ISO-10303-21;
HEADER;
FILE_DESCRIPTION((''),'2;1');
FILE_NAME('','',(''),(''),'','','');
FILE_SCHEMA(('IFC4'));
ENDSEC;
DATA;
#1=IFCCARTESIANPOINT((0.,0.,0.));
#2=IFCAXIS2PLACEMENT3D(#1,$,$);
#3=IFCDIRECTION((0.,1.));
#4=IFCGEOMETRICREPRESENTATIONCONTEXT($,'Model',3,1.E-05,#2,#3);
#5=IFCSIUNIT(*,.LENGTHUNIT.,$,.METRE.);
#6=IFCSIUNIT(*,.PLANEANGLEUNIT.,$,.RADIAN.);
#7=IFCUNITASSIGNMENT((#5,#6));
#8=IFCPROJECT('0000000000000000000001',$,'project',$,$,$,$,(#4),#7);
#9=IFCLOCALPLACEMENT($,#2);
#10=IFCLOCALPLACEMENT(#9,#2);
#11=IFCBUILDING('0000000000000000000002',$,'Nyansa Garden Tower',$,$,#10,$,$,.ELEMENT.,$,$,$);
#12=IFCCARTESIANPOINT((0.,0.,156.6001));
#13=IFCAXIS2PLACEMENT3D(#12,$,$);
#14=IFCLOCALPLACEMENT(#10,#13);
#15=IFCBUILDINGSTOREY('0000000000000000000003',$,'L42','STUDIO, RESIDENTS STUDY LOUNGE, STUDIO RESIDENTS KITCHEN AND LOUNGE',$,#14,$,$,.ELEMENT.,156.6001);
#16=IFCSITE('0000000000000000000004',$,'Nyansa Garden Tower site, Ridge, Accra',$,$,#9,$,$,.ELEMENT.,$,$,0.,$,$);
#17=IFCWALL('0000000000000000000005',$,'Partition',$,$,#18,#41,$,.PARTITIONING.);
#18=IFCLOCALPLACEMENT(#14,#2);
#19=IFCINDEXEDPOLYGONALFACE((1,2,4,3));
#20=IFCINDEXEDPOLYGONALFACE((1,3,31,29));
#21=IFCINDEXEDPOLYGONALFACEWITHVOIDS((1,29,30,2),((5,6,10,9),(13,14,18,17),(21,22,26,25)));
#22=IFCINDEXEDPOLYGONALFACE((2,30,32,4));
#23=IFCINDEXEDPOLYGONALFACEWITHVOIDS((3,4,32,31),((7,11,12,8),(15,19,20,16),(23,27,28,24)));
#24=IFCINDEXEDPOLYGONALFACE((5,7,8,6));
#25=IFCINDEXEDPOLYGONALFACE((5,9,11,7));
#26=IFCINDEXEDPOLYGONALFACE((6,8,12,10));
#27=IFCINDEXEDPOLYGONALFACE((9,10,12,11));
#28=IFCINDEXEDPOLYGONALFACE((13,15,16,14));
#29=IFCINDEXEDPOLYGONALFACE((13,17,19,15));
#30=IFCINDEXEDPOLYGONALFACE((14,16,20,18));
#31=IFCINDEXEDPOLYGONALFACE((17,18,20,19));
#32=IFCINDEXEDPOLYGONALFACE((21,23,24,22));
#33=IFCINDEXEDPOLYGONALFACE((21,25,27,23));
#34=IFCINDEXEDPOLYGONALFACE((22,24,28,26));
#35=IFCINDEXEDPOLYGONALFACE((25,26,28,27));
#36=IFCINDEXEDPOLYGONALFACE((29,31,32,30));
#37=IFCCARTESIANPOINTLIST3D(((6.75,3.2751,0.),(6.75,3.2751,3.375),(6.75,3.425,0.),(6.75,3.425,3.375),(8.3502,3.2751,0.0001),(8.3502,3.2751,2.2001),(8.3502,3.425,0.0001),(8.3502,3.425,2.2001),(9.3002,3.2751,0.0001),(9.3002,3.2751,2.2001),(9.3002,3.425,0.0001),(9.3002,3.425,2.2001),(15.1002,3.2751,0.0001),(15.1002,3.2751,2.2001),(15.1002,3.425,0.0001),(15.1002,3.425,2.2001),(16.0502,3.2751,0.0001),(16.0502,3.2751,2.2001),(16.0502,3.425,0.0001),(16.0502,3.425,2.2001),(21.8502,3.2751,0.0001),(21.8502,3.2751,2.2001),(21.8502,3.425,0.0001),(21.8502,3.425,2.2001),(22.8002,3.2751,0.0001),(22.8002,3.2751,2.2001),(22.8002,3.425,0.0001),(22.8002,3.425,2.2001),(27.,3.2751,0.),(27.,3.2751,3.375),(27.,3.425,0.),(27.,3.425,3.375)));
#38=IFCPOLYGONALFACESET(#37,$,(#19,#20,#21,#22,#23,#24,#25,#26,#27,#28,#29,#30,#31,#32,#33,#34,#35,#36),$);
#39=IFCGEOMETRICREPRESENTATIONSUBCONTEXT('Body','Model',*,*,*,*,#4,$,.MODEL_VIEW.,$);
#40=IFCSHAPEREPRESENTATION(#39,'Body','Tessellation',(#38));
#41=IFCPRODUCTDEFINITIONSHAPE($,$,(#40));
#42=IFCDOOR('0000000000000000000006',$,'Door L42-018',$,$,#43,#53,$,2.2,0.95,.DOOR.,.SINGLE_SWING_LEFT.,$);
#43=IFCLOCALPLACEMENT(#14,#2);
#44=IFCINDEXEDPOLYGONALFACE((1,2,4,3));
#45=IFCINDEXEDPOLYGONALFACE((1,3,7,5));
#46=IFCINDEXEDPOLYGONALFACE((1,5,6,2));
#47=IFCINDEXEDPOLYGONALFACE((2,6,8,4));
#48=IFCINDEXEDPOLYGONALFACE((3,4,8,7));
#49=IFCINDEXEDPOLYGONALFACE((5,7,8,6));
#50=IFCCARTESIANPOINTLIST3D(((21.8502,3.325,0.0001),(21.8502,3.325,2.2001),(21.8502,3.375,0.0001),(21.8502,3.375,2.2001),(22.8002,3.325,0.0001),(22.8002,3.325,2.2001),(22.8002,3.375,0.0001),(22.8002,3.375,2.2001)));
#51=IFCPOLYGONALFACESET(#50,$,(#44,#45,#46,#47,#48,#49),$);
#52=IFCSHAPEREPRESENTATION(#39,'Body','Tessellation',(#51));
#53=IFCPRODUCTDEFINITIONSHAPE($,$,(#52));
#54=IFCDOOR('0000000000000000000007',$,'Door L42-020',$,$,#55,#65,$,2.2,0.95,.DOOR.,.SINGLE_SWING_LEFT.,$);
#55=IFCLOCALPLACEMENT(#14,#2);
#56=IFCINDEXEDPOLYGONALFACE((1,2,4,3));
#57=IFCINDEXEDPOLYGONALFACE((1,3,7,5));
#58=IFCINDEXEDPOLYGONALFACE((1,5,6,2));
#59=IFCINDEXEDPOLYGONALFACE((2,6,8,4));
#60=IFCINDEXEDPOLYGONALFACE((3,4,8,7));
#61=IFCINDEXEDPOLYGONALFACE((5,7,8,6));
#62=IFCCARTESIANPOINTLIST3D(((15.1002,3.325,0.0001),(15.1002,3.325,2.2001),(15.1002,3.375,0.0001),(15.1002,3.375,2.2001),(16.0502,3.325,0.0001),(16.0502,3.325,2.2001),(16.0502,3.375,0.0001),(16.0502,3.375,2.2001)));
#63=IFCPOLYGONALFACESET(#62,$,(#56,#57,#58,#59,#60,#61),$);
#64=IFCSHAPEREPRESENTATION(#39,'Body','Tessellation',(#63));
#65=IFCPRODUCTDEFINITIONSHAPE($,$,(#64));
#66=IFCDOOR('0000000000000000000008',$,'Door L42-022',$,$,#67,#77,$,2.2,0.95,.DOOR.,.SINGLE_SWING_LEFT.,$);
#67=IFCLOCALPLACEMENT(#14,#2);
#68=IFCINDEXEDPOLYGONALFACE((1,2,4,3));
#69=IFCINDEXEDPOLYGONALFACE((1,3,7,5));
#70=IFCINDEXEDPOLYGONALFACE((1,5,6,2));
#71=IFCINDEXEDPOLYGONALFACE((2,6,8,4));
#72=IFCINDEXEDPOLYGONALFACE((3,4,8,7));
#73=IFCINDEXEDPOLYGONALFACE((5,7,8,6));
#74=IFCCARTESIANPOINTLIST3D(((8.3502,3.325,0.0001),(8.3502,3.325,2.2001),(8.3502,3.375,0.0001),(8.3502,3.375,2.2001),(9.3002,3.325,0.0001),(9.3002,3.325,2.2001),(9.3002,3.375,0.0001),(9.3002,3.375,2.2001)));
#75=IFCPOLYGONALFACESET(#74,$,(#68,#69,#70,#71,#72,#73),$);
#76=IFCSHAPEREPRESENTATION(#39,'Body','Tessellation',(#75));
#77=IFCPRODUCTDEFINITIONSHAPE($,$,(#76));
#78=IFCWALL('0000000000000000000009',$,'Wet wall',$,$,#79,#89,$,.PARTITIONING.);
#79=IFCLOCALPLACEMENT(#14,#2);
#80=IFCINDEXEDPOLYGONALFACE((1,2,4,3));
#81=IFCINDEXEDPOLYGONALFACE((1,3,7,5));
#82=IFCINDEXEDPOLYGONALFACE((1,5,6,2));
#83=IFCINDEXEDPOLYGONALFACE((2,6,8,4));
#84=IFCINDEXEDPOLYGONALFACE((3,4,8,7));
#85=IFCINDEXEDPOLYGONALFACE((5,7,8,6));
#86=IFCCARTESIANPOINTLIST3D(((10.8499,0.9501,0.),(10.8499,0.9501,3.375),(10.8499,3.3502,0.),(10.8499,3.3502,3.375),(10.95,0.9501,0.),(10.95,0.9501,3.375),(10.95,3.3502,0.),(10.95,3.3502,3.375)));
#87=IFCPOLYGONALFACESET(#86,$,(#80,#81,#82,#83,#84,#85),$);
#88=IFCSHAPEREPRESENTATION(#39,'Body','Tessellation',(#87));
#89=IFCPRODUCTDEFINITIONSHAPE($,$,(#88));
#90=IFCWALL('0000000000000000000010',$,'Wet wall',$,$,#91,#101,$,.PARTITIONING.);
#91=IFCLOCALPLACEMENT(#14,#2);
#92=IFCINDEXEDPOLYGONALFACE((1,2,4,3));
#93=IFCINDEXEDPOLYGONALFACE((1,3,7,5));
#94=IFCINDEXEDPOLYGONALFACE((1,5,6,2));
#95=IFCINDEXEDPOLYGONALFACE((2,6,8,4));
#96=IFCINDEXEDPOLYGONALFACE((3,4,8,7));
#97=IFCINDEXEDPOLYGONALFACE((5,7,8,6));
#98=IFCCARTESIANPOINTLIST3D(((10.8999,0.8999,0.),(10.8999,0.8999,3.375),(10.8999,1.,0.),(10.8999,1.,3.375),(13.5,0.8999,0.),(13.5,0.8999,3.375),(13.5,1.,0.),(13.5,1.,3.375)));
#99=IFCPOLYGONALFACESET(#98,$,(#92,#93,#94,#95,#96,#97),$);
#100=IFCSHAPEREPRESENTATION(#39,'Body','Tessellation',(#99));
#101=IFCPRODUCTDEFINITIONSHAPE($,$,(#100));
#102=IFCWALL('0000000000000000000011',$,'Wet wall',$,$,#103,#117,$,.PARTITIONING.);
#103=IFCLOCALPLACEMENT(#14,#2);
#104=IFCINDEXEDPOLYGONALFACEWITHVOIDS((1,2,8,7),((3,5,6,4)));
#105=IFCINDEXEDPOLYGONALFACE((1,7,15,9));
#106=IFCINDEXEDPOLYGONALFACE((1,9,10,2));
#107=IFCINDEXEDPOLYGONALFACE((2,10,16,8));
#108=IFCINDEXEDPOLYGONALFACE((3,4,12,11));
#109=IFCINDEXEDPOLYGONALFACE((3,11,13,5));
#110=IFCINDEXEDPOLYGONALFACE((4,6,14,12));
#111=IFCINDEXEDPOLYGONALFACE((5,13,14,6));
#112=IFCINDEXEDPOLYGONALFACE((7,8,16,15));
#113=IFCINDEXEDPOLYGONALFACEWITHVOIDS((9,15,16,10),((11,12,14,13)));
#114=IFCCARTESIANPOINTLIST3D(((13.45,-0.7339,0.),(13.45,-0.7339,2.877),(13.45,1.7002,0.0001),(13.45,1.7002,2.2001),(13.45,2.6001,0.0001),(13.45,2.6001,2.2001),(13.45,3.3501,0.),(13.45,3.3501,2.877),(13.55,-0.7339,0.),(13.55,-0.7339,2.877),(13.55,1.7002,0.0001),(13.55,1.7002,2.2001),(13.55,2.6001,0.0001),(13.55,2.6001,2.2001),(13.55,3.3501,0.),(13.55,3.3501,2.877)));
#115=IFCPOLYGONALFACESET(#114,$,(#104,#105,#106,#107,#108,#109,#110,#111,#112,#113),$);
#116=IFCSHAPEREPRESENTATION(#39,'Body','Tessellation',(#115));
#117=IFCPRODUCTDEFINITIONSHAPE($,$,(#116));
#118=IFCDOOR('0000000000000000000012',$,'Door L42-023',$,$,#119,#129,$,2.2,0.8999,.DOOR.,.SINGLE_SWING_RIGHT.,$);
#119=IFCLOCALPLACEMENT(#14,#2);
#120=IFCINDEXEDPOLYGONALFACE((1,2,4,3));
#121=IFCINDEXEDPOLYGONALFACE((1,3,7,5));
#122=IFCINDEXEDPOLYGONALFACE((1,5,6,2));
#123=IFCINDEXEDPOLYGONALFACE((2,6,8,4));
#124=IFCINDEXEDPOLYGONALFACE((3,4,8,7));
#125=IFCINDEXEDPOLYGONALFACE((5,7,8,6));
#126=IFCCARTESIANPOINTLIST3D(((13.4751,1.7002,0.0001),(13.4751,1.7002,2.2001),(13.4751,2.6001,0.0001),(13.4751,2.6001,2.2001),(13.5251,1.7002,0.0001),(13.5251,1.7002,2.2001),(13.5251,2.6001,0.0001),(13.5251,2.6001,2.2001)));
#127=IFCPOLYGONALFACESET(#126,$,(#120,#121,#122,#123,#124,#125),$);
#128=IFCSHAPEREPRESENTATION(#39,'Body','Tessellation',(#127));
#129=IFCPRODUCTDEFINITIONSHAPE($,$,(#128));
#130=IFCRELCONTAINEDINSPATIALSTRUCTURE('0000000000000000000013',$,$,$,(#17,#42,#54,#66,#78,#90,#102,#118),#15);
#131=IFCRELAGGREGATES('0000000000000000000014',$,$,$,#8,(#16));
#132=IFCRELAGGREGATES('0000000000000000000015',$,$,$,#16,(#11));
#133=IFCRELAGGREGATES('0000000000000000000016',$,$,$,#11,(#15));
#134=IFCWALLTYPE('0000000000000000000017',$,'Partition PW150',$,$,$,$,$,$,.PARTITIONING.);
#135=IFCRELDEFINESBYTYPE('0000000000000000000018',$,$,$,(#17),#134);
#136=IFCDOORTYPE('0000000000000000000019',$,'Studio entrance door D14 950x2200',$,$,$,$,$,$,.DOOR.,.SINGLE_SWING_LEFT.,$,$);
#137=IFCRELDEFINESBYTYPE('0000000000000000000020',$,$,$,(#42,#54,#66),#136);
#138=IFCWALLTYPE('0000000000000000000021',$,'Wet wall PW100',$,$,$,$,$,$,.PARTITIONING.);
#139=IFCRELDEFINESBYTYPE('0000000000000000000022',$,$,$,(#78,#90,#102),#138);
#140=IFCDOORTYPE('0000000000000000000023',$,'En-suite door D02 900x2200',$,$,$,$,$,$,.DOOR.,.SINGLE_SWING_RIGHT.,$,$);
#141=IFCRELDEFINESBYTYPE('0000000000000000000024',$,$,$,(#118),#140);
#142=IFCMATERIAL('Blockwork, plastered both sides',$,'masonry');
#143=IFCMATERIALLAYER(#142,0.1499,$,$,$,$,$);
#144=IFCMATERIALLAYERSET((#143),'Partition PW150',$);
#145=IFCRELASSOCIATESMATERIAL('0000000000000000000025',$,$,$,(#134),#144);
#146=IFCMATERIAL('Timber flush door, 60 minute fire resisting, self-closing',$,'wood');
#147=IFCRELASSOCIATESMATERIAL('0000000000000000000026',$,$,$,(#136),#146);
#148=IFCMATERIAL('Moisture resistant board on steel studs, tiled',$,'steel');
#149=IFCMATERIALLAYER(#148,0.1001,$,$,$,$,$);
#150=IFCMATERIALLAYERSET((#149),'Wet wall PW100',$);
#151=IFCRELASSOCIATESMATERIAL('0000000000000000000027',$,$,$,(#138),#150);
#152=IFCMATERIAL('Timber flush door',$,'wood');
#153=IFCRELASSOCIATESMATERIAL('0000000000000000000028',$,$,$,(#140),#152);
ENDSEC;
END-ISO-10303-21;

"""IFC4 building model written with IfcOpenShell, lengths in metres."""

from ifc_helpers import new_model, si_unit, direction, frame, frame_2d, origin, place, context, subcontext, project, spatial, rectangle, extrude, material, layer, layer_set, type_object, element, fill, save


model = new_model("IFC4")

# Units and contexts
model_context = context("Model", 3, precision=1e-05, world=origin(), true_north=direction((0.0, 1.0)))
body_context = subcontext(model_context, "Body", "Model", "MODEL_VIEW")
ifc_project = project(units=[si_unit("LENGTHUNIT", "METRE"), si_unit("PLANEANGLEUNIT", "RADIAN")], contexts=[model_context])

# Site, building, storey
site_placement = place(None, origin())
site = spatial("IfcSite", under=ifc_project, at=site_placement, Name="Nyansa Garden Tower site, Ridge, Accra", CompositionType="ELEMENT", RefElevation=0.0)
building_placement = place(site_placement, origin())
building = spatial("IfcBuilding", under=site, at=building_placement, Name="Nyansa Garden Tower", CompositionType="ELEMENT")
storey_placement = place(building_placement, frame((0.0, 0.0, 156.6001)))
storey = spatial("IfcBuildingStorey", under=building, at=storey_placement, Name="L42", Description="STUDIO, RESIDENTS STUDY LOUNGE, STUDIO RESIDENTS KITCHEN AND LOUNGE", CompositionType="ELEMENT", Elevation=156.6001)

# Shared definitions
ifc_material_1 = material(Name="Blockwork, plastered both sides", Category="masonry")
ifc_layer_1 = layer(ifc_material_1, 0.1499)
ifc_layer_set_1 = layer_set([ifc_layer_1], Name="Partition PW150")
wall_type_1 = type_object("IfcWallType", Name="Partition PW150", PredefinedType="PARTITIONING", material=ifc_layer_set_1)

# Wall, openings, doors
wall_1_placement = place(storey_placement, frame((6.75, 3.3501, 0.0), z_axis=(0.0, 0.0, 1.0), x_axis=(1.0, 0.0, 0.0)))
wall_1 = element("IfcWall", 1, at=wall_1_placement, inside=storey, type_object=wall_type_1, Name="Partition", PredefinedType="PARTITIONING", context=body_context, shape_type="SweptSolid", body=[
    extrude(rectangle(XDim=20.25, YDim=0.1499, at=frame_2d((10.125, 0.0))), origin(), (0.0, 0.0, 1.0), 3.375),
])
opening_1_placement = place(wall_1_placement, frame((15.1001, 0.0, 0.0)))
opening_1 = element("IfcOpeningElement", 2, at=opening_1_placement, cuts=wall_1, PredefinedType="OPENING", context=body_context, shape_type="SweptSolid", body=[
    extrude(rectangle(XDim=0.95, YDim=2.2, at=frame_2d((0.4751, 1.1001))), frame((0.0, 0.085, 0.0), z_axis=(0.0, -1.0, 0.0), x_axis=(1.0, 0.0, 0.0)), (0.0, 0.0, 1.0), 0.1699),
])
opening_2_placement = place(wall_1_placement, frame((8.3501, 0.0, 0.0)))
opening_2 = element("IfcOpeningElement", 3, at=opening_2_placement, cuts=wall_1, PredefinedType="OPENING", context=body_context, shape_type="SweptSolid", body=[
    extrude(rectangle(XDim=0.95, YDim=2.2, at=frame_2d((0.4751, 1.1001))), frame((0.0, 0.085, 0.0), z_axis=(0.0, -1.0, 0.0), x_axis=(1.0, 0.0, 0.0)), (0.0, 0.0, 1.0), 0.1699),
])
opening_3_placement = place(wall_1_placement, frame((1.6001, 0.0, 0.0)))
opening_3 = element("IfcOpeningElement", 4, at=opening_3_placement, cuts=wall_1, PredefinedType="OPENING", context=body_context, shape_type="SweptSolid", body=[
    extrude(rectangle(XDim=0.95, YDim=2.2, at=frame_2d((0.4751, 1.1001))), frame((0.0, 0.085, 0.0), z_axis=(0.0, -1.0, 0.0), x_axis=(1.0, 0.0, 0.0)), (0.0, 0.0, 1.0), 0.1699),
])
ifc_material_2 = material(Name="Timber flush door, 60 minute fire resisting, self-closing", Category="wood")
door_type_1 = type_object("IfcDoorType", Name="Studio entrance door D14 950x2200", OperationType="SINGLE_SWING_LEFT", PredefinedType="DOOR", material=ifc_material_2)
door_1_placement = place(opening_1_placement, origin())
door_1 = element("IfcDoor", 5, at=door_1_placement, inside=storey, type_object=door_type_1, Name="Door L42-018", OperationType="SINGLE_SWING_LEFT", OverallHeight=2.2, OverallWidth=0.95, PredefinedType="DOOR", context=body_context, shape_type="SweptSolid", body=[
    extrude(rectangle(XDim=0.95, YDim=2.2, at=frame_2d((0.4751, 1.1001))), frame((0.0, 0.0249, 0.0), z_axis=(0.0, -1.0, 0.0), x_axis=(1.0, 0.0, 0.0)), (0.0, 0.0, 1.0), 0.05),
])
fill(opening_1, door_1)
door_2_placement = place(opening_2_placement, origin())
door_2 = element("IfcDoor", 6, at=door_2_placement, inside=storey, type_object=door_type_1, Name="Door L42-020", OperationType="SINGLE_SWING_LEFT", OverallHeight=2.2, OverallWidth=0.95, PredefinedType="DOOR", context=body_context, shape_type="SweptSolid", body=[
    extrude(rectangle(XDim=0.95, YDim=2.2, at=frame_2d((0.4751, 1.1001))), frame((0.0, 0.0249, 0.0), z_axis=(0.0, -1.0, 0.0), x_axis=(1.0, 0.0, 0.0)), (0.0, 0.0, 1.0), 0.05),
])
fill(opening_2, door_2)
door_3_placement = place(opening_3_placement, origin())
door_3 = element("IfcDoor", 7, at=door_3_placement, inside=storey, type_object=door_type_1, Name="Door L42-022", OperationType="SINGLE_SWING_LEFT", OverallHeight=2.2, OverallWidth=0.95, PredefinedType="DOOR", context=body_context, shape_type="SweptSolid", body=[
    extrude(rectangle(XDim=0.95, YDim=2.2, at=frame_2d((0.4751, 1.1001))), frame((0.0, 0.0249, 0.0), z_axis=(0.0, -1.0, 0.0), x_axis=(1.0, 0.0, 0.0)), (0.0, 0.0, 1.0), 0.05),
])
fill(opening_3, door_3)

# Walls
ifc_material_3 = material(Name="Moisture resistant board on steel studs, tiled", Category="steel")
ifc_layer_2 = layer(ifc_material_3, 0.1001)
ifc_layer_set_2 = layer_set([ifc_layer_2], Name="Wet wall PW100")
wall_type_2 = type_object("IfcWallType", Name="Wet wall PW100", PredefinedType="PARTITIONING", material=ifc_layer_set_2)
wall_2_placement = place(storey_placement, frame((10.8999, 0.95, 0.0), z_axis=(0.0, 0.0, 1.0), x_axis=(0.0, 1.0, 0.0)))
element("IfcWall", 8, at=wall_2_placement, inside=storey, type_object=wall_type_2, Name="Wet wall", PredefinedType="PARTITIONING", context=body_context, shape_type="SweptSolid", body=[
    extrude(rectangle(XDim=2.4001, YDim=0.1001, at=frame_2d((1.2002, 0.0))), origin(), (0.0, 0.0, 1.0), 3.375),
])
wall_3_placement = place(storey_placement, frame((10.8999, 0.95, 0.0), z_axis=(0.0, 0.0, 1.0), x_axis=(1.0, 0.0, 0.0)))
element("IfcWall", 9, at=wall_3_placement, inside=storey, type_object=wall_type_2, Name="Wet wall", PredefinedType="PARTITIONING", context=body_context, shape_type="SweptSolid", body=[
    extrude(rectangle(XDim=2.6001, YDim=0.1001, at=frame_2d((1.3, 0.0))), origin(), (0.0, 0.0, 1.0), 3.375),
])

# Wall, opening, door
wall_4_placement = place(storey_placement, frame((13.5, -0.7339, 0.0), z_axis=(0.0, 0.0, 1.0), x_axis=(0.0, 1.0, 0.0)))
wall_4 = element("IfcWall", 10, at=wall_4_placement, inside=storey, type_object=wall_type_2, Name="Wet wall", PredefinedType="PARTITIONING", context=body_context, shape_type="SweptSolid", body=[
    extrude(rectangle(XDim=4.084, YDim=0.1001, at=frame_2d((2.042, 0.0))), origin(), (0.0, 0.0, 1.0), 2.877),
])
opening_4_placement = place(wall_4_placement, frame((2.4341, 0.0, 0.0)))
opening_4 = element("IfcOpeningElement", 11, at=opening_4_placement, cuts=wall_4, PredefinedType="OPENING", context=body_context, shape_type="SweptSolid", body=[
    extrude(rectangle(XDim=0.8999, YDim=2.2, at=frame_2d((0.45, 1.1001))), frame((0.0, 0.0601, 0.0), z_axis=(0.0, -1.0, 0.0), x_axis=(1.0, 0.0, 0.0)), (0.0, 0.0, 1.0), 0.1201),
])
ifc_material_4 = material(Name="Timber flush door", Category="wood")
door_type_2 = type_object("IfcDoorType", Name="En-suite door D02 900x2200", OperationType="SINGLE_SWING_RIGHT", PredefinedType="DOOR", material=ifc_material_4)
door_4_placement = place(opening_4_placement, origin())
door_4 = element("IfcDoor", 12, at=door_4_placement, inside=storey, type_object=door_type_2, Name="Door L42-023", OperationType="SINGLE_SWING_RIGHT", OverallHeight=2.2, OverallWidth=0.8999, PredefinedType="DOOR", context=body_context, shape_type="SweptSolid", body=[
    extrude(rectangle(XDim=0.8999, YDim=2.2, at=frame_2d((0.45, 1.1001))), frame((0.0, 0.0249, 0.0), z_axis=(0.0, -1.0, 0.0), x_axis=(1.0, 0.0, 0.0)), (0.0, 0.0, 1.0), 0.05),
])
fill(opening_4, door_4)

save(model, "model.ifc")
